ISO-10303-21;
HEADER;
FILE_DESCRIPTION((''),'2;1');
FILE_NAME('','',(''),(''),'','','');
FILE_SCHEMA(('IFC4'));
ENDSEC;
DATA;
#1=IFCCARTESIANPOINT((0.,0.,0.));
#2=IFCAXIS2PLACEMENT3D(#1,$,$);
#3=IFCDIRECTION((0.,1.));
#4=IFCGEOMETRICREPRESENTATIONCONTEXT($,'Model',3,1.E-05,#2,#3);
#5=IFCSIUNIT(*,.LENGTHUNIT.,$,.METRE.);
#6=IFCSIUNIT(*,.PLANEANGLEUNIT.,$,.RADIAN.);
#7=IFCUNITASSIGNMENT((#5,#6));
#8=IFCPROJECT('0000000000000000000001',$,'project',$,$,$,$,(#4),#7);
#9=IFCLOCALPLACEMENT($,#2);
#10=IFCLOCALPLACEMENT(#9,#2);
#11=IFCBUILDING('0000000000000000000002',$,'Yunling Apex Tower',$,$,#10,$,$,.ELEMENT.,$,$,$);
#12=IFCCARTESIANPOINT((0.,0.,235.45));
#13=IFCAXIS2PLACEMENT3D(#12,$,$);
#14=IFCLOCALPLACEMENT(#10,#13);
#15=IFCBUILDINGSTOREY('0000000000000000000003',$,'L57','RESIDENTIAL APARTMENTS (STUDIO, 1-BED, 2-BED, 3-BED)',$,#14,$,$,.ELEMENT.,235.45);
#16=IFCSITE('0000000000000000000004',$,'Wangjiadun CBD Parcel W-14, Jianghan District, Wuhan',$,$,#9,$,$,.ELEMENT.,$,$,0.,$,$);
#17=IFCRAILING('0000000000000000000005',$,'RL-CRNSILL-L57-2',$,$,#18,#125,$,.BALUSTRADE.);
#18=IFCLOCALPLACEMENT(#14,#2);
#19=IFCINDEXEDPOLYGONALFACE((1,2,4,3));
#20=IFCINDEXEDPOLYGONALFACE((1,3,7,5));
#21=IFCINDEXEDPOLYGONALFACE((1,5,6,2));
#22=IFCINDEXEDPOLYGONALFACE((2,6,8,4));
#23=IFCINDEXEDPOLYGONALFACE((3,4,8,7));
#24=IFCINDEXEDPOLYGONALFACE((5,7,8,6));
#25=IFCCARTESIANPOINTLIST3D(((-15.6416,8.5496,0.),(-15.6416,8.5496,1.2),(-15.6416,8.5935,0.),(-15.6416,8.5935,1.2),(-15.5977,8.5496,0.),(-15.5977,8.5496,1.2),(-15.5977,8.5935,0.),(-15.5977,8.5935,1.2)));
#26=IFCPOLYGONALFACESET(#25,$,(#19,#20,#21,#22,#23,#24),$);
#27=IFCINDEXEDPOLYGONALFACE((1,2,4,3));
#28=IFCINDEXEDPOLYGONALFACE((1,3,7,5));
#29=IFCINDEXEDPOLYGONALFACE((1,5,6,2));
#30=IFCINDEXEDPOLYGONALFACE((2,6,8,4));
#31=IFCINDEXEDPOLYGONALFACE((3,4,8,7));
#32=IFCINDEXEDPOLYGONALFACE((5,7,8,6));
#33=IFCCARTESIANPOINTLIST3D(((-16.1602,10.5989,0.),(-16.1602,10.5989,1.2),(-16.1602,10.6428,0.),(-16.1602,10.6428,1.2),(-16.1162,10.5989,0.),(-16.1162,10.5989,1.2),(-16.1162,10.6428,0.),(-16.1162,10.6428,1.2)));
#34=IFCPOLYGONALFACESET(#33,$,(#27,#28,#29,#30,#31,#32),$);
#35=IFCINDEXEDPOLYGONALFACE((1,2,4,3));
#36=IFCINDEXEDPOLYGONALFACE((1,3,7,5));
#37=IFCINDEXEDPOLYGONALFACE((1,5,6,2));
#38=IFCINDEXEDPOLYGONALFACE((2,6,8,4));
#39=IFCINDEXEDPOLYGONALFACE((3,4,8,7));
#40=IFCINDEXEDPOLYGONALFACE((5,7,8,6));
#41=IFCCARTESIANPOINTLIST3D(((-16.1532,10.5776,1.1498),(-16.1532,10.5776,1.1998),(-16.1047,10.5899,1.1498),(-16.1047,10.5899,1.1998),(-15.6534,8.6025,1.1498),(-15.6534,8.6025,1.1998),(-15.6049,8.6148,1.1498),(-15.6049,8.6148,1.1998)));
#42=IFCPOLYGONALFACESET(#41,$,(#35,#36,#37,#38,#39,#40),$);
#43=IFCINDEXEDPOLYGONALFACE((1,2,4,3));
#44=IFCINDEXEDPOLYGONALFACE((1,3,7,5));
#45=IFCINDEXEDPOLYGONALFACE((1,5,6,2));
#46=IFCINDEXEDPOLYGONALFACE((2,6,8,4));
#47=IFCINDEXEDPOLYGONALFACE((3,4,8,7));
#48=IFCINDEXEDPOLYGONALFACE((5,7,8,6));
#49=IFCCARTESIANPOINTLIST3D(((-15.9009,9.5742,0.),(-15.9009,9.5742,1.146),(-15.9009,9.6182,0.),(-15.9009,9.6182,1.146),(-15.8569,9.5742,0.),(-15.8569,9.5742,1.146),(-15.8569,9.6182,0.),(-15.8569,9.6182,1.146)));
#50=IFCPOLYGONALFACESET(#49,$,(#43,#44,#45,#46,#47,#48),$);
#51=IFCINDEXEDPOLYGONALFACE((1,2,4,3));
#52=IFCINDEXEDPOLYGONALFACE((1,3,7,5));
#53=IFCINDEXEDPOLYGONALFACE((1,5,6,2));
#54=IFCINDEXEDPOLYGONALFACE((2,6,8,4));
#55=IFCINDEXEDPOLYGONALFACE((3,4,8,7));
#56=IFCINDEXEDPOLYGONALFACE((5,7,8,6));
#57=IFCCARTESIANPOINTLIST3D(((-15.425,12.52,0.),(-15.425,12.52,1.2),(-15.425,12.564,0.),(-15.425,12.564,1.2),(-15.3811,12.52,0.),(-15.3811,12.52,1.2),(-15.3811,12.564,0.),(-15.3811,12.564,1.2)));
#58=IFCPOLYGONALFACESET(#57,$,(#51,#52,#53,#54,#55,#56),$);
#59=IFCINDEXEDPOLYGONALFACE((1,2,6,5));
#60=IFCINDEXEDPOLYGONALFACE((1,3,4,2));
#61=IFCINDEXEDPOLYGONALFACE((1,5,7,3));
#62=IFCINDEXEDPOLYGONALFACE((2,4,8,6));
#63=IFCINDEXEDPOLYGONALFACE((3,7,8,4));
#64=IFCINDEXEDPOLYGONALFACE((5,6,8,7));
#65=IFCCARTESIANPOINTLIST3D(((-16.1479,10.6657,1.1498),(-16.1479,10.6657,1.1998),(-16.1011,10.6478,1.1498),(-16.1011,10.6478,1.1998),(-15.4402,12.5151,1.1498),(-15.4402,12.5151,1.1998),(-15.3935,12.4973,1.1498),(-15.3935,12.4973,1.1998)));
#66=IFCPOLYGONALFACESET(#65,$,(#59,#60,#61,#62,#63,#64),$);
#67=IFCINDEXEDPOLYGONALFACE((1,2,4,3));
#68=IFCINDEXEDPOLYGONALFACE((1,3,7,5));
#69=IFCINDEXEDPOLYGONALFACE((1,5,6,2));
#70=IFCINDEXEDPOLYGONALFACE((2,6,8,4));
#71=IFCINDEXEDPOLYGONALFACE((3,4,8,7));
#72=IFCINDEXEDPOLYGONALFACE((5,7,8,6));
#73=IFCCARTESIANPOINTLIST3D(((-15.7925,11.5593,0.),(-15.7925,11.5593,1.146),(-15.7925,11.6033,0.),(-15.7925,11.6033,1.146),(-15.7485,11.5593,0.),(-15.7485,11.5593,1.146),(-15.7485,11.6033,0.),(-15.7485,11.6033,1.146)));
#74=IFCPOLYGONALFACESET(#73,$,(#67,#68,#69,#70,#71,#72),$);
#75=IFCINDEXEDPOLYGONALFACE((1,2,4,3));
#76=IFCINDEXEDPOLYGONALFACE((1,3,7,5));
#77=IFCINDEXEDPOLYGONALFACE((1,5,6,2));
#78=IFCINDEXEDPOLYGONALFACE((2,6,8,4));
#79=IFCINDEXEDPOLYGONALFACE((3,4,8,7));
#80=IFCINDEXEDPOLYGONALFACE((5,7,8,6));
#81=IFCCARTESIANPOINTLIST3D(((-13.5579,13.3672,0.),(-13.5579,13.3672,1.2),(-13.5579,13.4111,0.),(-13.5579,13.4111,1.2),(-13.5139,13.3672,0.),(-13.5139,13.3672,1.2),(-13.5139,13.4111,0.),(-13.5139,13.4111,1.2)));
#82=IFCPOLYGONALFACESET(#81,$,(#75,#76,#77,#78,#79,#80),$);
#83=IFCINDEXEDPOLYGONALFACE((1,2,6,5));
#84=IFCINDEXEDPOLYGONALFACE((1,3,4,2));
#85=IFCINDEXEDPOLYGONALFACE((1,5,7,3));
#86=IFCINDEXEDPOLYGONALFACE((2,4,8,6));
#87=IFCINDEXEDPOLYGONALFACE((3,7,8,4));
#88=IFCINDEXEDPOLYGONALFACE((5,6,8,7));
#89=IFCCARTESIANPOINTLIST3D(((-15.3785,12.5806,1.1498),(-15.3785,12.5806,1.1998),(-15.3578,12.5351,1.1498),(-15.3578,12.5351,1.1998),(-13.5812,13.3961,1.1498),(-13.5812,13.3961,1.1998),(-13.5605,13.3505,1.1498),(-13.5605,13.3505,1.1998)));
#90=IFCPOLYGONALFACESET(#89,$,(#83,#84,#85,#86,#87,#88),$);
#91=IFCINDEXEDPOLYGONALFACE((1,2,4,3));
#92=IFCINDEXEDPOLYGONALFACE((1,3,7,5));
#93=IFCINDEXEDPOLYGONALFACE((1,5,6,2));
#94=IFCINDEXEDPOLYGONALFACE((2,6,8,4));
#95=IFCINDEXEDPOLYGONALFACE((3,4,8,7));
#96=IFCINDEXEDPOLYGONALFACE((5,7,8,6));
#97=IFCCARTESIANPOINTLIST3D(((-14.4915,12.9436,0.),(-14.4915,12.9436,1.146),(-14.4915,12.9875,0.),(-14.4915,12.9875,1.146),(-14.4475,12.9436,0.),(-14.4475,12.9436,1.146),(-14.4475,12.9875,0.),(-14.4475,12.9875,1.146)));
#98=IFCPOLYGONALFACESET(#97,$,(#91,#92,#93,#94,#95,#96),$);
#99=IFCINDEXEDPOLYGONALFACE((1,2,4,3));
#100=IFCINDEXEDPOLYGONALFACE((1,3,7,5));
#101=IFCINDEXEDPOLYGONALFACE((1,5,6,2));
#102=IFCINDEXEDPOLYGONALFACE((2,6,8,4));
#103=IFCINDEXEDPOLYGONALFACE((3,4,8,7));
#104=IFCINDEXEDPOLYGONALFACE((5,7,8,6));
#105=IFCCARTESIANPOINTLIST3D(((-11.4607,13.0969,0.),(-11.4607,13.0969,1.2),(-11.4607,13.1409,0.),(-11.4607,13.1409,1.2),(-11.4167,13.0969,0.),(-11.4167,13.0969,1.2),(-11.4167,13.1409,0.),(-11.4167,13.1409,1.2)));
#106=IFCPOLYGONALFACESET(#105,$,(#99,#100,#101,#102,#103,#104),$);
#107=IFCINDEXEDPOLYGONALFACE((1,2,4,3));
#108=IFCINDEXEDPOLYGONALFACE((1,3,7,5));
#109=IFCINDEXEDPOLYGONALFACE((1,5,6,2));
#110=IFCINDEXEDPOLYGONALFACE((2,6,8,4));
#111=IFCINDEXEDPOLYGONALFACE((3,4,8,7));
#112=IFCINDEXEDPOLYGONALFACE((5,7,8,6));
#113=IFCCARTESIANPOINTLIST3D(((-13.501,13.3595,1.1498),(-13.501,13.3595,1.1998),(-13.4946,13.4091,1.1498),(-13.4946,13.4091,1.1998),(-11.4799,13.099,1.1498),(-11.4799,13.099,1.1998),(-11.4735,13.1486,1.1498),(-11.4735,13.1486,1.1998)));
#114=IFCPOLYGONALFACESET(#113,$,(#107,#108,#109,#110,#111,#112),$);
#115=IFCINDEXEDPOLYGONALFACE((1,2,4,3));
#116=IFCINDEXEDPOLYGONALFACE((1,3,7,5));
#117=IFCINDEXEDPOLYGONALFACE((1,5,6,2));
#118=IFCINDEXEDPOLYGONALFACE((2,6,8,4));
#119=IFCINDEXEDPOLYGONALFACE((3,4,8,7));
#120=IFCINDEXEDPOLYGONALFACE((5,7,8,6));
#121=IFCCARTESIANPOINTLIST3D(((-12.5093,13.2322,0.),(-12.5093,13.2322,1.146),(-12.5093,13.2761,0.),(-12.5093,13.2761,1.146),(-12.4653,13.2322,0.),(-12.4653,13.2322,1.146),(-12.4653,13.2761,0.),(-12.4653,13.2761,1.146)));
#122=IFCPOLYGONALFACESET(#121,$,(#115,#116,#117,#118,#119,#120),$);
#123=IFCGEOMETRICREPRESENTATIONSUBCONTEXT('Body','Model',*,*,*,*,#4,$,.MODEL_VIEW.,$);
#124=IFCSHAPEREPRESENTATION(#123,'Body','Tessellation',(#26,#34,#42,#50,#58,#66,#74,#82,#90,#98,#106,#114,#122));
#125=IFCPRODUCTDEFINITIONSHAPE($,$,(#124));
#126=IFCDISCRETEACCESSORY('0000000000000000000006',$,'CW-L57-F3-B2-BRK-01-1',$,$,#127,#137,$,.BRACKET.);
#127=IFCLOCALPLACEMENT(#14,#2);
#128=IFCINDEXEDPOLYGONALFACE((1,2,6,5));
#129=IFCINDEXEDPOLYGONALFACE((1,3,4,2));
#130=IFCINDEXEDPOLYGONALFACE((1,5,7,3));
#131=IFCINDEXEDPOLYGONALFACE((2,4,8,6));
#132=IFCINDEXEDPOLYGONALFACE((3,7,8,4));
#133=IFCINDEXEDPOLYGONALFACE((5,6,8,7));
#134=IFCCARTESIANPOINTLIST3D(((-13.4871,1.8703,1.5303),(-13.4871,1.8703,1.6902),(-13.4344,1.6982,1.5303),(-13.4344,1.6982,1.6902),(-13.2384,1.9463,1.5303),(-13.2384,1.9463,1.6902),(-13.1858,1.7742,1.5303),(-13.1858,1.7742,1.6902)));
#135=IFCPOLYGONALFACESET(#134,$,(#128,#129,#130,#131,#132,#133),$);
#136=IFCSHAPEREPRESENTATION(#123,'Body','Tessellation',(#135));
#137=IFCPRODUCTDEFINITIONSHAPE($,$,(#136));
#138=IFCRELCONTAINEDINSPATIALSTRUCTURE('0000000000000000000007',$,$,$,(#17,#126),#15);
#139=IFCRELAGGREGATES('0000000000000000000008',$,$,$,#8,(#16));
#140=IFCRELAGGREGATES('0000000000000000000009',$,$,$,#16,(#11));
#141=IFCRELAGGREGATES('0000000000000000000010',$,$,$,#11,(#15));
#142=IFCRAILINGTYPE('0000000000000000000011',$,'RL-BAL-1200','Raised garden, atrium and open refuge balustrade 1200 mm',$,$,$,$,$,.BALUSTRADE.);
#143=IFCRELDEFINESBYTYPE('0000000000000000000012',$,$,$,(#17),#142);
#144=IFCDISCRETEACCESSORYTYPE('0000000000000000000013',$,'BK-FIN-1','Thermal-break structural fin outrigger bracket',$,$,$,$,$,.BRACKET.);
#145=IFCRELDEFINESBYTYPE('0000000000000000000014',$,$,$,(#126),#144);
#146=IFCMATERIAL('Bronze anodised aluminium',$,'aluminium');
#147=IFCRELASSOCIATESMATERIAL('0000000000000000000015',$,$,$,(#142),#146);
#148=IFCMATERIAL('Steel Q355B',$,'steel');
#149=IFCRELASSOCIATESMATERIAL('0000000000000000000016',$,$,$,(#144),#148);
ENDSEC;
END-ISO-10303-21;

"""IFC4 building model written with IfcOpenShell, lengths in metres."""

from ifc_helpers import new_model, si_unit, direction, frame, origin, origin_2d, place, context, subcontext, project, spatial, rectangle, extrude, source, transform, mapped, material, type_object, element, save


model = new_model("IFC4")

# Units and contexts
model_context = context("Model", 3, precision=1e-05, world=origin(), true_north=direction((0.0, 1.0)))
body_context = subcontext(model_context, "Body", "Model", "MODEL_VIEW")
ifc_project = project(units=[si_unit("LENGTHUNIT", "METRE"), si_unit("PLANEANGLEUNIT", "RADIAN")], contexts=[model_context])

# Site, building, storey
site_placement = place(None, origin())
site = spatial("IfcSite", under=ifc_project, at=site_placement, Name="Wangjiadun CBD Parcel W-14, Jianghan District, Wuhan", CompositionType="ELEMENT", RefElevation=0.0)
building_placement = place(site_placement, origin())
building = spatial("IfcBuilding", under=site, at=building_placement, Name="Yunling Apex Tower", CompositionType="ELEMENT")
storey_placement = place(building_placement, frame((0.0, 0.0, 235.45)))
storey = spatial("IfcBuildingStorey", under=building, at=storey_placement, Name="L57", Description="RESIDENTIAL APARTMENTS (STUDIO, 1-BED, 2-BED, 3-BED)", CompositionType="ELEMENT", Elevation=235.45)

# Shared definitions
ifc_material_1 = material(Name="Steel Q355B", Category="steel")

# Shared definitions
ifc_material_2 = material(Name="Bronze anodised aluminium", Category="aluminium")

# Railing
railing_type = type_object("IfcRailingType", Name="RL-BAL-1200", Description="Raised garden, atrium and open refuge balustrade 1200 mm", PredefinedType="BALUSTRADE", material=ifc_material_2)
railing_placement = place(storey_placement, frame((-15.6196, 8.5715, 0.0)))
element("IfcRailing", 1, at=railing_placement, inside=storey, type_object=railing_type, Name="RL-CRNSILL-L57-2", PredefinedType="BALUSTRADE", context=body_context, shape_type="SweptSolid", body=[
    extrude(rectangle(XDim=0.0439, YDim=0.0439, at=origin_2d()), origin(), (0.0, 0.0, 1.0), 1.2),
    extrude(rectangle(XDim=0.0439, YDim=0.0439, at=origin_2d()), frame((-0.5186, 2.0493, 0.0)), (0.0, 0.0, 1.0), 1.2),
    extrude(rectangle(XDim=0.05, YDim=0.05, at=origin_2d()), frame((-0.0095, 0.0371, 1.1748), z_axis=(-0.245306, 0.969446, 0.0), x_axis=(-0.969446, -0.245306, 0.0)), (0.0, 0.0, 1.0), 2.0374),
    extrude(rectangle(XDim=0.0439, YDim=0.0439, at=origin_2d()), frame((-0.2593, 1.0247, 0.0)), (0.0, 0.0, 1.0), 1.146),
    extrude(rectangle(XDim=0.0439, YDim=0.0439, at=origin_2d()), frame((0.2166, 3.9705, 0.0)), (0.0, 0.0, 1.0), 1.2),
    extrude(rectangle(XDim=0.05, YDim=0.05, at=origin_2d()), frame((-0.5049, 2.0852, 1.1748), z_axis=(0.357372, 0.933962, 0.0), x_axis=(-0.933962, 0.357372, 0.0)), (0.0, 0.0, 1.0), 1.9802),
    extrude(rectangle(XDim=0.0439, YDim=0.0439, at=origin_2d()), frame((-0.1509, 3.0098, 0.0)), (0.0, 0.0, 1.0), 1.146),
    extrude(rectangle(XDim=0.0439, YDim=0.0439, at=origin_2d()), frame((2.0837, 4.8176, 0.0)), (0.0, 0.0, 1.0), 1.2),
    extrude(rectangle(XDim=0.05, YDim=0.05, at=origin_2d()), frame((0.2515, 3.9863, 1.1748), z_axis=(0.910652, 0.413175, 0.0), x_axis=(-0.413175, 0.910652, 0.0)), (0.0, 0.0, 1.0), 1.9736),
    extrude(rectangle(XDim=0.0439, YDim=0.0439, at=origin_2d()), frame((1.1501, 4.394, 0.0)), (0.0, 0.0, 1.0), 1.146),
    extrude(rectangle(XDim=0.0439, YDim=0.0439, at=origin_2d()), frame((4.1809, 4.5474, 0.0)), (0.0, 0.0, 1.0), 1.2),
    extrude(rectangle(XDim=0.05, YDim=0.05, at=origin_2d()), frame((2.1218, 4.8127, 1.1748), z_axis=(0.991798, -0.127814, 0.0), x_axis=(0.127814, 0.991798, 0.0)), (0.0, 0.0, 1.0), 2.0378),
    extrude(rectangle(XDim=0.0439, YDim=0.0439, at=origin_2d()), frame((3.1323, 4.6826, 0.0)), (0.0, 0.0, 1.0), 1.146),
])

# Discrete accessory
discrete_accessory_type = type_object("IfcDiscreteAccessoryType", Name="BK-FIN-1", Description="Thermal-break structural fin outrigger bracket", PredefinedType="BRACKET", material=ifc_material_1)
shared_shape_1 = source(origin(), body_context, "Body", "SweptSolid", [
    extrude(rectangle(XDim=0.1799, YDim=0.26, at=origin_2d()), origin(), (0.0, 0.0, 1.0), 0.1599),
])
discrete_accessory_placement = place(storey_placement, frame((-13.3364, 1.8223, 1.5303), z_axis=(0.0, 0.0, 1.0), x_axis=(0.292372, -0.956305, 0.0)))
element("IfcDiscreteAccessory", 2, at=discrete_accessory_placement, inside=storey, type_object=discrete_accessory_type, Name="CW-L57-F3-B2-BRK-01-1", PredefinedType="BRACKET", context=body_context, shape_type="MappedRepresentation", body=[
    mapped(shared_shape_1, transform((0.0, 0.0, 0.0), scale=1.0)),
])

save(model, "model.ifc")
